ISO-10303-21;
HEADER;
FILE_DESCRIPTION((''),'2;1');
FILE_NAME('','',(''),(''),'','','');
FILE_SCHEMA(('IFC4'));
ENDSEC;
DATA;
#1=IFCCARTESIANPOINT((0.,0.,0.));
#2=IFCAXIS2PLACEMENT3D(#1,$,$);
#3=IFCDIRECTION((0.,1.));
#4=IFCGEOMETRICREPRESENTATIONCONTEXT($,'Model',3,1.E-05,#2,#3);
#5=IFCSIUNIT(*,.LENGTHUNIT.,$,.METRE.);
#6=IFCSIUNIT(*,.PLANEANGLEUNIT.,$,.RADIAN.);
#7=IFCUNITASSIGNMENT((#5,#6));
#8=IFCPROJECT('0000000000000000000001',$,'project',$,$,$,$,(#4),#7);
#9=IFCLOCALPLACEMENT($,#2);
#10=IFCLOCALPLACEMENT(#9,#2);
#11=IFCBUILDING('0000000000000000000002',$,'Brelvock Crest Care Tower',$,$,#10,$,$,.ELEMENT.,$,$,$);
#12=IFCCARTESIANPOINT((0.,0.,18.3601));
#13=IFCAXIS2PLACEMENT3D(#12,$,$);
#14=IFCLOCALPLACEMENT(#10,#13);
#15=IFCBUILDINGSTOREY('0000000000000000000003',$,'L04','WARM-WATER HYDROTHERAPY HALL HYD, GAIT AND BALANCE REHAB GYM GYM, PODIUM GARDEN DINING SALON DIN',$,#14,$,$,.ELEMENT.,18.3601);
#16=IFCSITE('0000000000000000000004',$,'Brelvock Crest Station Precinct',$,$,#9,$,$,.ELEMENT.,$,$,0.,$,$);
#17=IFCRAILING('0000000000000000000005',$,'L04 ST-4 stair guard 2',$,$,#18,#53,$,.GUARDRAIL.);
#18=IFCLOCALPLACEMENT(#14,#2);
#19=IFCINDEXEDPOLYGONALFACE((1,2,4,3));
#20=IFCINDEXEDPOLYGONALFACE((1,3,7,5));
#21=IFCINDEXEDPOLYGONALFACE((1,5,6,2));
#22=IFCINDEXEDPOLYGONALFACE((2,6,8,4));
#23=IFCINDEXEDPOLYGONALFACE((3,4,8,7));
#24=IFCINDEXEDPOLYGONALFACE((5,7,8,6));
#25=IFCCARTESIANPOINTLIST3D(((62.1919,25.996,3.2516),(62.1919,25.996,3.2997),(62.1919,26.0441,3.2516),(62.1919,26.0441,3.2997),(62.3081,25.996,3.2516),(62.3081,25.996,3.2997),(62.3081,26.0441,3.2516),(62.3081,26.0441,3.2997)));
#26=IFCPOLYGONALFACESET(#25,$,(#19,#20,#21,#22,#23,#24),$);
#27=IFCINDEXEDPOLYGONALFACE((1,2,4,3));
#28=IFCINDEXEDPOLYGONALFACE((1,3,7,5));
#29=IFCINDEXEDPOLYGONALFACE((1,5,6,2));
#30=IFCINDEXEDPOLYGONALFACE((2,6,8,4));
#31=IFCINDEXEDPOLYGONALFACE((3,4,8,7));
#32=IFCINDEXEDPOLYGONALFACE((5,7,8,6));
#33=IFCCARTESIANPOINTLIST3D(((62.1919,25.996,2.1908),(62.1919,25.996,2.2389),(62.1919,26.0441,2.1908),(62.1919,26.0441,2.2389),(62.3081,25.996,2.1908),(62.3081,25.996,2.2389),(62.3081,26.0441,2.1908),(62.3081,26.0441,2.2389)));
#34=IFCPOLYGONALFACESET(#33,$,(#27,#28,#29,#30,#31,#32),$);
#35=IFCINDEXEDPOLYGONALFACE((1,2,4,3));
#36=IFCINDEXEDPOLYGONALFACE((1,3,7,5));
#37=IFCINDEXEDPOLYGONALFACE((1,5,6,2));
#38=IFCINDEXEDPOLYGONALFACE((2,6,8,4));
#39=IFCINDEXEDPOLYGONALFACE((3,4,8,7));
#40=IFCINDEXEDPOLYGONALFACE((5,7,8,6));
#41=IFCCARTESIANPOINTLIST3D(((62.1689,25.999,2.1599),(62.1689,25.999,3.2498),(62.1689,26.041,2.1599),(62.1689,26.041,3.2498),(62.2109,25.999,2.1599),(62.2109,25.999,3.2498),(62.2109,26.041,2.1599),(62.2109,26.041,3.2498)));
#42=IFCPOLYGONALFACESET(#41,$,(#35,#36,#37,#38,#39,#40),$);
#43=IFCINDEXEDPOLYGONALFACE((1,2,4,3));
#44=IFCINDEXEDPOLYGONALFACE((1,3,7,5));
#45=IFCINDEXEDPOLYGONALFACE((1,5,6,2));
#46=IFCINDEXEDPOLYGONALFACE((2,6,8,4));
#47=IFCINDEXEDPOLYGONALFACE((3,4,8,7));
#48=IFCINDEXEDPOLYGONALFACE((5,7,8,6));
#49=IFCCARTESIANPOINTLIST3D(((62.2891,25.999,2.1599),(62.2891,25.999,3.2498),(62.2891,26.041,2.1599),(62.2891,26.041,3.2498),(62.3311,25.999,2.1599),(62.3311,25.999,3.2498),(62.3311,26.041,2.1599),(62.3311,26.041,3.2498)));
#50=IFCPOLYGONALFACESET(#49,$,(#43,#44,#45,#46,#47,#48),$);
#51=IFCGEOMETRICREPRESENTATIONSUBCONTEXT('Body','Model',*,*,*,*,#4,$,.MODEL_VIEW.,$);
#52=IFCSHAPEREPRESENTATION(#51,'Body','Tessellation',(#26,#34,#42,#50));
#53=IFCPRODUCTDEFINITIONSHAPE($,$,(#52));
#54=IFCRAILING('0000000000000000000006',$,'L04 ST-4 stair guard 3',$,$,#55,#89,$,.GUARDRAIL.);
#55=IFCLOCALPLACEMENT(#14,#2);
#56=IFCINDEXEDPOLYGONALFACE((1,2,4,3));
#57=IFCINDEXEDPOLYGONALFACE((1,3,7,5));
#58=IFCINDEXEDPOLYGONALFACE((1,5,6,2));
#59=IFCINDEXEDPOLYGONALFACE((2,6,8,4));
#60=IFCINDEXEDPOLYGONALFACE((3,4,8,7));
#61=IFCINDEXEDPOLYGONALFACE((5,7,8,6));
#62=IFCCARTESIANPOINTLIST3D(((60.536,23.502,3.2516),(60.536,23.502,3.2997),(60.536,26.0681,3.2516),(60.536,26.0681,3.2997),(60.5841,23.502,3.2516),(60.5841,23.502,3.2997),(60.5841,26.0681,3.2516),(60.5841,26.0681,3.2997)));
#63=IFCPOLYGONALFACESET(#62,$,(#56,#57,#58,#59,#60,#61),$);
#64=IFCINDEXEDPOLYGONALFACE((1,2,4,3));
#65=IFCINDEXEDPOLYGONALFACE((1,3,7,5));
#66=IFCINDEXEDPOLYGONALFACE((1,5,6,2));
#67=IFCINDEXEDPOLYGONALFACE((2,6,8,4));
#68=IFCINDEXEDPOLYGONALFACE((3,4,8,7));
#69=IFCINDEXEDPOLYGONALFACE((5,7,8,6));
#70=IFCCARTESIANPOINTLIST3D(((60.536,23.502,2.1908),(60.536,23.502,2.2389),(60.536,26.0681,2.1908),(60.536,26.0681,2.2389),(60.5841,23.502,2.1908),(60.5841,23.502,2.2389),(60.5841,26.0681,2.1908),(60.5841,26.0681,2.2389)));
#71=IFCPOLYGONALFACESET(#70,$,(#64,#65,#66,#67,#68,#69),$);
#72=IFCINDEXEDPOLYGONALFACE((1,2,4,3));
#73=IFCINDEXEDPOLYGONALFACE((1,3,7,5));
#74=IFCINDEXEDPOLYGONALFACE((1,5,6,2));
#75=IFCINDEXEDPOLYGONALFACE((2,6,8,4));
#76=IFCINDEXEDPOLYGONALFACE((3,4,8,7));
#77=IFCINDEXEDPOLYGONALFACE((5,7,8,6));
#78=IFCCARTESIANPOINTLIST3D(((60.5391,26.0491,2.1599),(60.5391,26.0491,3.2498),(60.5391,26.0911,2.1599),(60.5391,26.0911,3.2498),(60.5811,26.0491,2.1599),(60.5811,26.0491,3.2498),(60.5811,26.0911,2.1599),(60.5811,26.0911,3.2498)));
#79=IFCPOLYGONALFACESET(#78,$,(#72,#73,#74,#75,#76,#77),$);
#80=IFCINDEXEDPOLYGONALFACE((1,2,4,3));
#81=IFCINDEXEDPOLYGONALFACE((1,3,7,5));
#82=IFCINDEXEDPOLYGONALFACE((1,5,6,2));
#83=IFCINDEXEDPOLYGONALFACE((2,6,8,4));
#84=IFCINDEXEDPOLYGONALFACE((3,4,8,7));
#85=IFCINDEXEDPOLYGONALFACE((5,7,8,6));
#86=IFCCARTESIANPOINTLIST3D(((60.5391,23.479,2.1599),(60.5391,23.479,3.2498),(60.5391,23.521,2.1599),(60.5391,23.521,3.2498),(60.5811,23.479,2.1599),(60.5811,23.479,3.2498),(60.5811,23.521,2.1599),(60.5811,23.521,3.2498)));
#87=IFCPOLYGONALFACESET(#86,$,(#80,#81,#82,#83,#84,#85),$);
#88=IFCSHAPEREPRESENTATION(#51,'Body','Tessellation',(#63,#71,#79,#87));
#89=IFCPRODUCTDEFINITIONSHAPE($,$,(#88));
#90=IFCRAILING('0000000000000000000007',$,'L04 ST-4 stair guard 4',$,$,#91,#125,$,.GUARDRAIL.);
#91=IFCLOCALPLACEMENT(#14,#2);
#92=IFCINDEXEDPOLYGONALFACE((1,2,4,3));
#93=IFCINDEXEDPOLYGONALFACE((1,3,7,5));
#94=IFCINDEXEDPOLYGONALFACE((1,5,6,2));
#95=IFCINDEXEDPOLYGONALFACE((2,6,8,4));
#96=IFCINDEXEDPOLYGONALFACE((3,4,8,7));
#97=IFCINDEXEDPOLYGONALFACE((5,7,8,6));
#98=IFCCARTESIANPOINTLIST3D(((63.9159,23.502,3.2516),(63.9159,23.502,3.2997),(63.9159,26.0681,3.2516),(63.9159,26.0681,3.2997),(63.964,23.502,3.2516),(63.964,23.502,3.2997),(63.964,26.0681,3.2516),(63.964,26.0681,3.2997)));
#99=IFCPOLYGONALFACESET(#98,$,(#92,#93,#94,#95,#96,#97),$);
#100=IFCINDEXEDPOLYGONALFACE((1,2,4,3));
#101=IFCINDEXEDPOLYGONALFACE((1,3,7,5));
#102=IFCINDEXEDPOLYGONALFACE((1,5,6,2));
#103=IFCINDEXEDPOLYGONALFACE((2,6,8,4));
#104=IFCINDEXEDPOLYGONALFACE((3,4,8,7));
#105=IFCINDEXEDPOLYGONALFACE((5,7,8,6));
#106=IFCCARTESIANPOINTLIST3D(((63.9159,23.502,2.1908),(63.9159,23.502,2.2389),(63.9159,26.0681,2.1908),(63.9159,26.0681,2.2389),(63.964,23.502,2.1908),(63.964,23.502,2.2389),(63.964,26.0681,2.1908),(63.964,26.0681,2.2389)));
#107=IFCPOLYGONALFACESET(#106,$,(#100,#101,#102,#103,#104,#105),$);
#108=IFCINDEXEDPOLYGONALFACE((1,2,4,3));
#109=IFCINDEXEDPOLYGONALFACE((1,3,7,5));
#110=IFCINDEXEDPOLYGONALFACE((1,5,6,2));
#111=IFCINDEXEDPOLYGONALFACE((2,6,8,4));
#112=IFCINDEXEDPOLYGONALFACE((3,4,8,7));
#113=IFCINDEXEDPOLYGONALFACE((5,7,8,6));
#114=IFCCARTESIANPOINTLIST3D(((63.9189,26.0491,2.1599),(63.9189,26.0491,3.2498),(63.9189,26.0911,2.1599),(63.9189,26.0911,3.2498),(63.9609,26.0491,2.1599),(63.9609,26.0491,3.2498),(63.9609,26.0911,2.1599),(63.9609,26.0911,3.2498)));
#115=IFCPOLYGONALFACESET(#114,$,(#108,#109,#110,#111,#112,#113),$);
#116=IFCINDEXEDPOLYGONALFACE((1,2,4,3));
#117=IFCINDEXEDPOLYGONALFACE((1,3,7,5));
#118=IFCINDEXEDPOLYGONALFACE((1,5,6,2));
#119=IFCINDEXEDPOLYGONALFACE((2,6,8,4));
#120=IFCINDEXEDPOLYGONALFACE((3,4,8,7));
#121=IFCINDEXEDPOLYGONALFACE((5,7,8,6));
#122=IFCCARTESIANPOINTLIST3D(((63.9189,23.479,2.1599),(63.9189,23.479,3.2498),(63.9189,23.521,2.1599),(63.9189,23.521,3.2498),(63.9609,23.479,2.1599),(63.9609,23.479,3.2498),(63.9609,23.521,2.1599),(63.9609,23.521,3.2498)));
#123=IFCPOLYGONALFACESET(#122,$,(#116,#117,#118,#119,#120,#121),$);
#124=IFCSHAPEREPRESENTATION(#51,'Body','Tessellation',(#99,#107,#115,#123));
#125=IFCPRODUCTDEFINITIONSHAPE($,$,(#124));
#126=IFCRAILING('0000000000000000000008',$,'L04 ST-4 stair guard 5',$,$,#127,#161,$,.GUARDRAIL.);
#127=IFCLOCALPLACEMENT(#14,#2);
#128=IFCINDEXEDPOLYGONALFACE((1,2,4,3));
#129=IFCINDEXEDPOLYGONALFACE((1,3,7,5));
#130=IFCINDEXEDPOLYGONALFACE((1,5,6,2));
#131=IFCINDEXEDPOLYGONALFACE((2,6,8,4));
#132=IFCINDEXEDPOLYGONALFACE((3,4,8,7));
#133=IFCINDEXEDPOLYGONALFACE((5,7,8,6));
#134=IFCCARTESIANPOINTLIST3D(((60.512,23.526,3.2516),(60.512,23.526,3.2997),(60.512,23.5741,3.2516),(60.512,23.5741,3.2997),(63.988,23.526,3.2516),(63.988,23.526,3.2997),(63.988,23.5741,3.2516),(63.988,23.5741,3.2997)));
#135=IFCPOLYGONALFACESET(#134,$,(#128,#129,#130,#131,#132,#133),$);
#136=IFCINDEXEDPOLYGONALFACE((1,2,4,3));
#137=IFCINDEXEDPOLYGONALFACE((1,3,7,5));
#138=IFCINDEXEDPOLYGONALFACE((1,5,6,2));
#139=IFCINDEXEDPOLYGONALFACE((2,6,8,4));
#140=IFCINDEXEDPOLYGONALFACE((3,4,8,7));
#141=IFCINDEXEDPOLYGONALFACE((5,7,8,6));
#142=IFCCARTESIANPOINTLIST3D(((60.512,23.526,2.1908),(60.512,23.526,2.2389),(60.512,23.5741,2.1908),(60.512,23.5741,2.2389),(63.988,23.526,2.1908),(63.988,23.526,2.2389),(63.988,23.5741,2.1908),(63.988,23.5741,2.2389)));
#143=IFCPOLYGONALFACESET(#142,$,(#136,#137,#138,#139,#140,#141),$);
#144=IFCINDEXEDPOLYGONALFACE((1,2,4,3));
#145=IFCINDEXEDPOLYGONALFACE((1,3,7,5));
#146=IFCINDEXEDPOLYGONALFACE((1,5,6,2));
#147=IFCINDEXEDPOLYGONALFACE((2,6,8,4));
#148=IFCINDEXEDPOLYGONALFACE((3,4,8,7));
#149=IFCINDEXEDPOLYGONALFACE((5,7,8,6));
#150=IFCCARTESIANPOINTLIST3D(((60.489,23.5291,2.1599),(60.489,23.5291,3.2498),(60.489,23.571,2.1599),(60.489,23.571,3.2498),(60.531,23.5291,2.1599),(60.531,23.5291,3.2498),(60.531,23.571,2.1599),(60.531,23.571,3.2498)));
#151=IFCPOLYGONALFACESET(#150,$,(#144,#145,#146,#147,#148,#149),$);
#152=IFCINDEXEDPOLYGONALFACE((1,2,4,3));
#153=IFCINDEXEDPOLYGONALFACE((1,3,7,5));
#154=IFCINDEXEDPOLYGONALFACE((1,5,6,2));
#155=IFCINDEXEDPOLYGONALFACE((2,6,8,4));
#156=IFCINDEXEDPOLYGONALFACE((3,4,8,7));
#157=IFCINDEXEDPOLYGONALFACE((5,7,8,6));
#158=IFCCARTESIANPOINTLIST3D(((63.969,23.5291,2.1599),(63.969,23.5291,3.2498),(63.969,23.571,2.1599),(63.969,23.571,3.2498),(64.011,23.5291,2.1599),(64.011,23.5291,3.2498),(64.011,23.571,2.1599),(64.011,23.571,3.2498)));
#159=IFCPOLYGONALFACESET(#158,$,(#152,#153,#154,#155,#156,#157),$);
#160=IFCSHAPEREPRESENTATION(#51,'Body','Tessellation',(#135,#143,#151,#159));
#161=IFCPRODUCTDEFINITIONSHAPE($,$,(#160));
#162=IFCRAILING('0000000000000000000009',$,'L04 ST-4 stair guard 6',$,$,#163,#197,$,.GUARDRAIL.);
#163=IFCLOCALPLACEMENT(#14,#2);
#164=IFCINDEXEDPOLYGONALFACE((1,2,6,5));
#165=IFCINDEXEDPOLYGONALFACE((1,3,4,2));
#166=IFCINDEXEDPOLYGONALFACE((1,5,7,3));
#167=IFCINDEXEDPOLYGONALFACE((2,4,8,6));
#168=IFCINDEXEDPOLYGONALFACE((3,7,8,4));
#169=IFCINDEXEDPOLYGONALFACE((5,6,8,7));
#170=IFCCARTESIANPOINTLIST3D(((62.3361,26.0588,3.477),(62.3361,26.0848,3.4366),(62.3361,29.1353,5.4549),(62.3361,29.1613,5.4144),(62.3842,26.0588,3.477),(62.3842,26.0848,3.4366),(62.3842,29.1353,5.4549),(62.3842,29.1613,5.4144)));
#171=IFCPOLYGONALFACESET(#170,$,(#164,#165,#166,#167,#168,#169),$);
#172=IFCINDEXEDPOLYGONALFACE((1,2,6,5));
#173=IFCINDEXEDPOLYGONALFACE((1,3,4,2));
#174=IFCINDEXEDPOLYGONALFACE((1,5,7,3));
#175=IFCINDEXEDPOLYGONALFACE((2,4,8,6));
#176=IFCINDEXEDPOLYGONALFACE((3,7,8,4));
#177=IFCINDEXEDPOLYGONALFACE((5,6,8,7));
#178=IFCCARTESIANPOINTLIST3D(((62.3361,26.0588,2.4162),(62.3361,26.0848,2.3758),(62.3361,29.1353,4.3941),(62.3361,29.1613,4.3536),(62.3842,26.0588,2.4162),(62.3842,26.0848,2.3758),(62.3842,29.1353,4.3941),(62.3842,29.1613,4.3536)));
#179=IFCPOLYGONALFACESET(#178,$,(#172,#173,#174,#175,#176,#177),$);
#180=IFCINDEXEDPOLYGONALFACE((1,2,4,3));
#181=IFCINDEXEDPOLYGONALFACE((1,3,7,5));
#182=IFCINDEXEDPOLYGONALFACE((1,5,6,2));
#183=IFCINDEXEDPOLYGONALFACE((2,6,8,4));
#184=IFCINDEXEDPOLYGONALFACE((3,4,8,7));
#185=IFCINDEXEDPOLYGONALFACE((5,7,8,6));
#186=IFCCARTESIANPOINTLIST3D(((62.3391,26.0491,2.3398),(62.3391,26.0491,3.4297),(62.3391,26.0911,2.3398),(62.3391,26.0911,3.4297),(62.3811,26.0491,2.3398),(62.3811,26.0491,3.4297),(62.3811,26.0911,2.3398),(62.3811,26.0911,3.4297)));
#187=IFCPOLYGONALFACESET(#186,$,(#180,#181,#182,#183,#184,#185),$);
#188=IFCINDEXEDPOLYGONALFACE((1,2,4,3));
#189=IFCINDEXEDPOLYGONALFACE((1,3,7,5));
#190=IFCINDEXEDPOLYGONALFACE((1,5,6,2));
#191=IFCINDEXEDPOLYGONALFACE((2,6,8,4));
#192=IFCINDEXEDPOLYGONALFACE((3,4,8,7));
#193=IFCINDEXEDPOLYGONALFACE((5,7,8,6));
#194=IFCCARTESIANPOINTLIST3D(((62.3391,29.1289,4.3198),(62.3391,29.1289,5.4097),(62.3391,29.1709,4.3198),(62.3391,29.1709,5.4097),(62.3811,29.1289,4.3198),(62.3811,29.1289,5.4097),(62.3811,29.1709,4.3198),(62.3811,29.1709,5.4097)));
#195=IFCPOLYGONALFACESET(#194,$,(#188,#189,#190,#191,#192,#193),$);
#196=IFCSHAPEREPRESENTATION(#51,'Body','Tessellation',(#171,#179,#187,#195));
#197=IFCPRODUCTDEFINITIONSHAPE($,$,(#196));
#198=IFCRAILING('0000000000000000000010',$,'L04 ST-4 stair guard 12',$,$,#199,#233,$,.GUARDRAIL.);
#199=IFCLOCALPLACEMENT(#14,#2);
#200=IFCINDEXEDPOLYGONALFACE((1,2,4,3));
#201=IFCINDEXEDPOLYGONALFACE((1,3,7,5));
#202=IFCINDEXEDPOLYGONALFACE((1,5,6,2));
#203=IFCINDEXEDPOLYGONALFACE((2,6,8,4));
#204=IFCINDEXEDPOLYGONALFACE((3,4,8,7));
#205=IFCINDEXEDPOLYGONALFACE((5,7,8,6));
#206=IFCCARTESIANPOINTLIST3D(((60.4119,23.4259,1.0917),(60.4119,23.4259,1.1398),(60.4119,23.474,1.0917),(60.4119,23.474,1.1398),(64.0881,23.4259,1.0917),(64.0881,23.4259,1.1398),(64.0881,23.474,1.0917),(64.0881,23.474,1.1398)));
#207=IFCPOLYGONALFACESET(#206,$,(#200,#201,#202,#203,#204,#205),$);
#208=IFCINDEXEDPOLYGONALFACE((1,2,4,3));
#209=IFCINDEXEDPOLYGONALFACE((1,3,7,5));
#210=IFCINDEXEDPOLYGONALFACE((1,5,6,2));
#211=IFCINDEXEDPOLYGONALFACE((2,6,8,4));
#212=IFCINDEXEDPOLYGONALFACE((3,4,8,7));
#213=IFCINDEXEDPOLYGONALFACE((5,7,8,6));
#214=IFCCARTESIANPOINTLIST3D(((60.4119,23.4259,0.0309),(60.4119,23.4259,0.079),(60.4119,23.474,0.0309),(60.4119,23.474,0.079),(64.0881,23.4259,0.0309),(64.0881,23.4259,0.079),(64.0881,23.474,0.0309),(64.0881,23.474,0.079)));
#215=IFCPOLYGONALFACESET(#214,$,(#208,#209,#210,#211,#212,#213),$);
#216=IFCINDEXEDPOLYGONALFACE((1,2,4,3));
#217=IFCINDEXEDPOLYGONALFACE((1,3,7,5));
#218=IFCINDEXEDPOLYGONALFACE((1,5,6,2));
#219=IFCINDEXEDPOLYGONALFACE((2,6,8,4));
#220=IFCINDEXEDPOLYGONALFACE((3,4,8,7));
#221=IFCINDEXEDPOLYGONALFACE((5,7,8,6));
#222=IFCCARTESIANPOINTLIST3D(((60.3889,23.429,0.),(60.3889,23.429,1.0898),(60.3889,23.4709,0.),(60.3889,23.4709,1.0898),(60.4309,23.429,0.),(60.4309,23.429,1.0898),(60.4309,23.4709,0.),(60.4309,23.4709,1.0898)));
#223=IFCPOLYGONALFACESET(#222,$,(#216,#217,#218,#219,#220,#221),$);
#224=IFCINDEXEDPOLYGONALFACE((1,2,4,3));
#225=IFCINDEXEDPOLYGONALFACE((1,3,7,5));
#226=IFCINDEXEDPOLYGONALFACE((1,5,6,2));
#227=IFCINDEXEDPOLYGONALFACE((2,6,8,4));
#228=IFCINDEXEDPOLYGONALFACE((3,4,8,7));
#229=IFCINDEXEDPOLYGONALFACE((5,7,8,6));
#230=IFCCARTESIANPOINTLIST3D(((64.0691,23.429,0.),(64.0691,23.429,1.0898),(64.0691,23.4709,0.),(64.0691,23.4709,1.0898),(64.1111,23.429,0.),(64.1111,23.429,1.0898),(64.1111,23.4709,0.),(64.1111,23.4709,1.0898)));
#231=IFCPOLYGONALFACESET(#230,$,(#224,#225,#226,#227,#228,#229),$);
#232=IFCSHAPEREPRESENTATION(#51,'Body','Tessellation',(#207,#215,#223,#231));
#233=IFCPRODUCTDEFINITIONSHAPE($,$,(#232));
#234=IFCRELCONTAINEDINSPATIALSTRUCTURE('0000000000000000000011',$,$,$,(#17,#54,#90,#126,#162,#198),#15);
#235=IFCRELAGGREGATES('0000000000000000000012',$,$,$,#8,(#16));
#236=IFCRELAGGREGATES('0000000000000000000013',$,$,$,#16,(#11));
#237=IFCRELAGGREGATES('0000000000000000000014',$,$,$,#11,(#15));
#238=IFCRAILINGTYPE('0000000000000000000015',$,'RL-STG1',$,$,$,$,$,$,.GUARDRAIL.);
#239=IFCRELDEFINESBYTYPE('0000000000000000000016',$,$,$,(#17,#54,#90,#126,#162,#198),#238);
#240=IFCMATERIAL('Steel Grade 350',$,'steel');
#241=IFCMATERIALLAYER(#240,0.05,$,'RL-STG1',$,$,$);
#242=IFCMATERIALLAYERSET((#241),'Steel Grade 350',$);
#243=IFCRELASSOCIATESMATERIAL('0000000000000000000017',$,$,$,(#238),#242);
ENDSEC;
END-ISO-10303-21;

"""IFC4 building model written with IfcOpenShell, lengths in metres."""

from ifc_helpers import new_model, si_unit, direction, frame, origin, origin_2d, place, context, subcontext, project, spatial, rectangle, extrude, material, layer, layer_set, type_object, element, save


model = new_model("IFC4")

# Units and contexts
model_context = context("Model", 3, precision=1e-05, world=origin(), true_north=direction((0.0, 1.0)))
body_context = subcontext(model_context, "Body", "Model", "MODEL_VIEW")
ifc_project = project(units=[si_unit("LENGTHUNIT", "METRE"), si_unit("PLANEANGLEUNIT", "RADIAN")], contexts=[model_context])

# Site, building, storey
site_placement = place(None, origin())
site = spatial("IfcSite", under=ifc_project, at=site_placement, Name="Brelvock Crest Station Precinct", CompositionType="ELEMENT", RefElevation=0.0)
building_placement = place(site_placement, origin())
building = spatial("IfcBuilding", under=site, at=building_placement, Name="Brelvock Crest Care Tower", CompositionType="ELEMENT")
storey_placement = place(building_placement, frame((0.0, 0.0, 18.3601)))
storey = spatial("IfcBuildingStorey", under=building, at=storey_placement, Name="L04", Description="WARM-WATER HYDROTHERAPY HALL HYD, GAIT AND BALANCE REHAB GYM GYM, PODIUM GARDEN DINING SALON DIN", CompositionType="ELEMENT", Elevation=18.3601)

# Shared definitions
ifc_material_1 = material(Name="Steel Grade 350", Category="steel")

# Railings
ifc_layer_1 = layer(ifc_material_1, 0.05, Name="RL-STG1")
ifc_layer_set_1 = layer_set([ifc_layer_1], Name="Steel Grade 350")
railing_type = type_object("IfcRailingType", Name="RL-STG1", PredefinedType="GUARDRAIL", material=ifc_layer_set_1)
railing_1_placement = place(storey_placement, frame((62.1899, 26.02, 2.1599)))
element("IfcRailing", 1, at=railing_1_placement, inside=storey, type_object=railing_type, Name="L04 ST-4 stair guard 2", PredefinedType="GUARDRAIL", context=body_context, shape_type="SweptSolid", body=[
    extrude(rectangle(XDim=0.0481, YDim=0.0481, at=origin_2d()), frame((0.002, 0.0, 1.1157), z_axis=(1.0, 0.0, 0.0), x_axis=(0.0, 1.0, 0.0)), (0.0, 0.0, 1.0), 0.1162),
    extrude(rectangle(XDim=0.0481, YDim=0.0481, at=origin_2d()), frame((0.002, 0.0, 0.0549), z_axis=(1.0, 0.0, 0.0), x_axis=(0.0, 1.0, 0.0)), (0.0, 0.0, 1.0), 0.1162),
    extrude(rectangle(XDim=0.042, YDim=0.042, at=origin_2d()), origin(), (0.0, 0.0, 1.0), 1.0898),
    extrude(rectangle(XDim=0.042, YDim=0.042, at=origin_2d()), frame((0.1201, 0.0, 0.0)), (0.0, 0.0, 1.0), 1.0898),
])
for number, where, name in (
    (2, (60.5601, 26.0701, 2.1599), "L04 ST-4 stair guard 3"),
    (3, (63.9399, 26.0701, 2.1599), "L04 ST-4 stair guard 4"),
):
    element("IfcRailing", number, at=place(storey_placement, frame(where)), inside=storey, type_object=railing_type, Name=name, PredefinedType="GUARDRAIL", context=body_context, shape_type="SweptSolid", body=[
        extrude(rectangle(XDim=0.0481, YDim=0.0481, at=origin_2d()), frame((0.0, -0.002, 1.1157), z_axis=(0.0, -1.0, 0.0), x_axis=(1.0, 0.0, 0.0)), (0.0, 0.0, 1.0), 2.5662),
        extrude(rectangle(XDim=0.0481, YDim=0.0481, at=origin_2d()), frame((0.0, -0.002, 0.0549), z_axis=(0.0, -1.0, 0.0), x_axis=(1.0, 0.0, 0.0)), (0.0, 0.0, 1.0), 2.5662),
        extrude(rectangle(XDim=0.042, YDim=0.042, at=origin_2d()), origin(), (0.0, 0.0, 1.0), 1.0898),
        extrude(rectangle(XDim=0.042, YDim=0.042, at=origin_2d()), frame((0.0, -2.5701, 0.0)), (0.0, 0.0, 1.0), 1.0898),
    ])
railing_2_placement = place(storey_placement, frame((60.51, 23.55, 2.1599)))
element("IfcRailing", 4, at=railing_2_placement, inside=storey, type_object=railing_type, Name="L04 ST-4 stair guard 5", PredefinedType="GUARDRAIL", context=body_context, shape_type="SweptSolid", body=[
    extrude(rectangle(XDim=0.0481, YDim=0.0481, at=origin_2d()), frame((0.002, 0.0, 1.1157), z_axis=(1.0, 0.0, 0.0), x_axis=(0.0, 1.0, 0.0)), (0.0, 0.0, 1.0), 3.4761),
    extrude(rectangle(XDim=0.0481, YDim=0.0481, at=origin_2d()), frame((0.002, 0.0, 0.0549), z_axis=(1.0, 0.0, 0.0), x_axis=(0.0, 1.0, 0.0)), (0.0, 0.0, 1.0), 3.4761),
    extrude(rectangle(XDim=0.042, YDim=0.042, at=origin_2d()), origin(), (0.0, 0.0, 1.0), 1.0898),
    extrude(rectangle(XDim=0.042, YDim=0.042, at=origin_2d()), frame((3.48, 0.0, 0.0)), (0.0, 0.0, 1.0), 1.0898),
])
railing_3_placement = place(storey_placement, frame((62.3601, 26.0701, 2.3398)))
element("IfcRailing", 5, at=railing_3_placement, inside=storey, type_object=railing_type, Name="L04 ST-4 stair guard 6", PredefinedType="GUARDRAIL", context=body_context, shape_type="SweptSolid", body=[
    extrude(rectangle(XDim=0.0481, YDim=0.0481, at=origin_2d()), frame((0.0, 0.0017, 1.1169), z_axis=(0.0, 0.841168, 0.540774), x_axis=(-1.0, 0.0, 0.0)), (0.0, 0.0, 1.0), 3.6575),
    extrude(rectangle(XDim=0.0481, YDim=0.0481, at=origin_2d()), frame((0.0, 0.0017, 0.0562), z_axis=(0.0, 0.841168, 0.540774), x_axis=(-1.0, 0.0, 0.0)), (0.0, 0.0, 1.0), 3.6575),
    extrude(rectangle(XDim=0.042, YDim=0.042, at=origin_2d()), origin(), (0.0, 0.0, 1.0), 1.0898),
    extrude(rectangle(XDim=0.042, YDim=0.042, at=origin_2d()), frame((0.0, 3.0798, 1.98)), (0.0, 0.0, 1.0), 1.0898),
])
railing_4_placement = place(storey_placement, frame((60.4099, 23.45, 0.0)))
element("IfcRailing", 6, at=railing_4_placement, inside=storey, type_object=railing_type, Name="L04 ST-4 stair guard 12", PredefinedType="GUARDRAIL", context=body_context, shape_type="SweptSolid", body=[
    extrude(rectangle(XDim=0.0481, YDim=0.0481, at=origin_2d()), frame((0.002, 0.0, 1.1157), z_axis=(1.0, 0.0, 0.0), x_axis=(0.0, 1.0, 0.0)), (0.0, 0.0, 1.0), 3.6763),
    extrude(rectangle(XDim=0.0481, YDim=0.0481, at=origin_2d()), frame((0.002, 0.0, 0.0549), z_axis=(1.0, 0.0, 0.0), x_axis=(0.0, 1.0, 0.0)), (0.0, 0.0, 1.0), 3.6763),
    extrude(rectangle(XDim=0.042, YDim=0.042, at=origin_2d()), origin(), (0.0, 0.0, 1.0), 1.0898),
    extrude(rectangle(XDim=0.042, YDim=0.042, at=origin_2d()), frame((3.6802, 0.0, 0.0)), (0.0, 0.0, 1.0), 1.0898),
])

save(model, "model.ifc")
